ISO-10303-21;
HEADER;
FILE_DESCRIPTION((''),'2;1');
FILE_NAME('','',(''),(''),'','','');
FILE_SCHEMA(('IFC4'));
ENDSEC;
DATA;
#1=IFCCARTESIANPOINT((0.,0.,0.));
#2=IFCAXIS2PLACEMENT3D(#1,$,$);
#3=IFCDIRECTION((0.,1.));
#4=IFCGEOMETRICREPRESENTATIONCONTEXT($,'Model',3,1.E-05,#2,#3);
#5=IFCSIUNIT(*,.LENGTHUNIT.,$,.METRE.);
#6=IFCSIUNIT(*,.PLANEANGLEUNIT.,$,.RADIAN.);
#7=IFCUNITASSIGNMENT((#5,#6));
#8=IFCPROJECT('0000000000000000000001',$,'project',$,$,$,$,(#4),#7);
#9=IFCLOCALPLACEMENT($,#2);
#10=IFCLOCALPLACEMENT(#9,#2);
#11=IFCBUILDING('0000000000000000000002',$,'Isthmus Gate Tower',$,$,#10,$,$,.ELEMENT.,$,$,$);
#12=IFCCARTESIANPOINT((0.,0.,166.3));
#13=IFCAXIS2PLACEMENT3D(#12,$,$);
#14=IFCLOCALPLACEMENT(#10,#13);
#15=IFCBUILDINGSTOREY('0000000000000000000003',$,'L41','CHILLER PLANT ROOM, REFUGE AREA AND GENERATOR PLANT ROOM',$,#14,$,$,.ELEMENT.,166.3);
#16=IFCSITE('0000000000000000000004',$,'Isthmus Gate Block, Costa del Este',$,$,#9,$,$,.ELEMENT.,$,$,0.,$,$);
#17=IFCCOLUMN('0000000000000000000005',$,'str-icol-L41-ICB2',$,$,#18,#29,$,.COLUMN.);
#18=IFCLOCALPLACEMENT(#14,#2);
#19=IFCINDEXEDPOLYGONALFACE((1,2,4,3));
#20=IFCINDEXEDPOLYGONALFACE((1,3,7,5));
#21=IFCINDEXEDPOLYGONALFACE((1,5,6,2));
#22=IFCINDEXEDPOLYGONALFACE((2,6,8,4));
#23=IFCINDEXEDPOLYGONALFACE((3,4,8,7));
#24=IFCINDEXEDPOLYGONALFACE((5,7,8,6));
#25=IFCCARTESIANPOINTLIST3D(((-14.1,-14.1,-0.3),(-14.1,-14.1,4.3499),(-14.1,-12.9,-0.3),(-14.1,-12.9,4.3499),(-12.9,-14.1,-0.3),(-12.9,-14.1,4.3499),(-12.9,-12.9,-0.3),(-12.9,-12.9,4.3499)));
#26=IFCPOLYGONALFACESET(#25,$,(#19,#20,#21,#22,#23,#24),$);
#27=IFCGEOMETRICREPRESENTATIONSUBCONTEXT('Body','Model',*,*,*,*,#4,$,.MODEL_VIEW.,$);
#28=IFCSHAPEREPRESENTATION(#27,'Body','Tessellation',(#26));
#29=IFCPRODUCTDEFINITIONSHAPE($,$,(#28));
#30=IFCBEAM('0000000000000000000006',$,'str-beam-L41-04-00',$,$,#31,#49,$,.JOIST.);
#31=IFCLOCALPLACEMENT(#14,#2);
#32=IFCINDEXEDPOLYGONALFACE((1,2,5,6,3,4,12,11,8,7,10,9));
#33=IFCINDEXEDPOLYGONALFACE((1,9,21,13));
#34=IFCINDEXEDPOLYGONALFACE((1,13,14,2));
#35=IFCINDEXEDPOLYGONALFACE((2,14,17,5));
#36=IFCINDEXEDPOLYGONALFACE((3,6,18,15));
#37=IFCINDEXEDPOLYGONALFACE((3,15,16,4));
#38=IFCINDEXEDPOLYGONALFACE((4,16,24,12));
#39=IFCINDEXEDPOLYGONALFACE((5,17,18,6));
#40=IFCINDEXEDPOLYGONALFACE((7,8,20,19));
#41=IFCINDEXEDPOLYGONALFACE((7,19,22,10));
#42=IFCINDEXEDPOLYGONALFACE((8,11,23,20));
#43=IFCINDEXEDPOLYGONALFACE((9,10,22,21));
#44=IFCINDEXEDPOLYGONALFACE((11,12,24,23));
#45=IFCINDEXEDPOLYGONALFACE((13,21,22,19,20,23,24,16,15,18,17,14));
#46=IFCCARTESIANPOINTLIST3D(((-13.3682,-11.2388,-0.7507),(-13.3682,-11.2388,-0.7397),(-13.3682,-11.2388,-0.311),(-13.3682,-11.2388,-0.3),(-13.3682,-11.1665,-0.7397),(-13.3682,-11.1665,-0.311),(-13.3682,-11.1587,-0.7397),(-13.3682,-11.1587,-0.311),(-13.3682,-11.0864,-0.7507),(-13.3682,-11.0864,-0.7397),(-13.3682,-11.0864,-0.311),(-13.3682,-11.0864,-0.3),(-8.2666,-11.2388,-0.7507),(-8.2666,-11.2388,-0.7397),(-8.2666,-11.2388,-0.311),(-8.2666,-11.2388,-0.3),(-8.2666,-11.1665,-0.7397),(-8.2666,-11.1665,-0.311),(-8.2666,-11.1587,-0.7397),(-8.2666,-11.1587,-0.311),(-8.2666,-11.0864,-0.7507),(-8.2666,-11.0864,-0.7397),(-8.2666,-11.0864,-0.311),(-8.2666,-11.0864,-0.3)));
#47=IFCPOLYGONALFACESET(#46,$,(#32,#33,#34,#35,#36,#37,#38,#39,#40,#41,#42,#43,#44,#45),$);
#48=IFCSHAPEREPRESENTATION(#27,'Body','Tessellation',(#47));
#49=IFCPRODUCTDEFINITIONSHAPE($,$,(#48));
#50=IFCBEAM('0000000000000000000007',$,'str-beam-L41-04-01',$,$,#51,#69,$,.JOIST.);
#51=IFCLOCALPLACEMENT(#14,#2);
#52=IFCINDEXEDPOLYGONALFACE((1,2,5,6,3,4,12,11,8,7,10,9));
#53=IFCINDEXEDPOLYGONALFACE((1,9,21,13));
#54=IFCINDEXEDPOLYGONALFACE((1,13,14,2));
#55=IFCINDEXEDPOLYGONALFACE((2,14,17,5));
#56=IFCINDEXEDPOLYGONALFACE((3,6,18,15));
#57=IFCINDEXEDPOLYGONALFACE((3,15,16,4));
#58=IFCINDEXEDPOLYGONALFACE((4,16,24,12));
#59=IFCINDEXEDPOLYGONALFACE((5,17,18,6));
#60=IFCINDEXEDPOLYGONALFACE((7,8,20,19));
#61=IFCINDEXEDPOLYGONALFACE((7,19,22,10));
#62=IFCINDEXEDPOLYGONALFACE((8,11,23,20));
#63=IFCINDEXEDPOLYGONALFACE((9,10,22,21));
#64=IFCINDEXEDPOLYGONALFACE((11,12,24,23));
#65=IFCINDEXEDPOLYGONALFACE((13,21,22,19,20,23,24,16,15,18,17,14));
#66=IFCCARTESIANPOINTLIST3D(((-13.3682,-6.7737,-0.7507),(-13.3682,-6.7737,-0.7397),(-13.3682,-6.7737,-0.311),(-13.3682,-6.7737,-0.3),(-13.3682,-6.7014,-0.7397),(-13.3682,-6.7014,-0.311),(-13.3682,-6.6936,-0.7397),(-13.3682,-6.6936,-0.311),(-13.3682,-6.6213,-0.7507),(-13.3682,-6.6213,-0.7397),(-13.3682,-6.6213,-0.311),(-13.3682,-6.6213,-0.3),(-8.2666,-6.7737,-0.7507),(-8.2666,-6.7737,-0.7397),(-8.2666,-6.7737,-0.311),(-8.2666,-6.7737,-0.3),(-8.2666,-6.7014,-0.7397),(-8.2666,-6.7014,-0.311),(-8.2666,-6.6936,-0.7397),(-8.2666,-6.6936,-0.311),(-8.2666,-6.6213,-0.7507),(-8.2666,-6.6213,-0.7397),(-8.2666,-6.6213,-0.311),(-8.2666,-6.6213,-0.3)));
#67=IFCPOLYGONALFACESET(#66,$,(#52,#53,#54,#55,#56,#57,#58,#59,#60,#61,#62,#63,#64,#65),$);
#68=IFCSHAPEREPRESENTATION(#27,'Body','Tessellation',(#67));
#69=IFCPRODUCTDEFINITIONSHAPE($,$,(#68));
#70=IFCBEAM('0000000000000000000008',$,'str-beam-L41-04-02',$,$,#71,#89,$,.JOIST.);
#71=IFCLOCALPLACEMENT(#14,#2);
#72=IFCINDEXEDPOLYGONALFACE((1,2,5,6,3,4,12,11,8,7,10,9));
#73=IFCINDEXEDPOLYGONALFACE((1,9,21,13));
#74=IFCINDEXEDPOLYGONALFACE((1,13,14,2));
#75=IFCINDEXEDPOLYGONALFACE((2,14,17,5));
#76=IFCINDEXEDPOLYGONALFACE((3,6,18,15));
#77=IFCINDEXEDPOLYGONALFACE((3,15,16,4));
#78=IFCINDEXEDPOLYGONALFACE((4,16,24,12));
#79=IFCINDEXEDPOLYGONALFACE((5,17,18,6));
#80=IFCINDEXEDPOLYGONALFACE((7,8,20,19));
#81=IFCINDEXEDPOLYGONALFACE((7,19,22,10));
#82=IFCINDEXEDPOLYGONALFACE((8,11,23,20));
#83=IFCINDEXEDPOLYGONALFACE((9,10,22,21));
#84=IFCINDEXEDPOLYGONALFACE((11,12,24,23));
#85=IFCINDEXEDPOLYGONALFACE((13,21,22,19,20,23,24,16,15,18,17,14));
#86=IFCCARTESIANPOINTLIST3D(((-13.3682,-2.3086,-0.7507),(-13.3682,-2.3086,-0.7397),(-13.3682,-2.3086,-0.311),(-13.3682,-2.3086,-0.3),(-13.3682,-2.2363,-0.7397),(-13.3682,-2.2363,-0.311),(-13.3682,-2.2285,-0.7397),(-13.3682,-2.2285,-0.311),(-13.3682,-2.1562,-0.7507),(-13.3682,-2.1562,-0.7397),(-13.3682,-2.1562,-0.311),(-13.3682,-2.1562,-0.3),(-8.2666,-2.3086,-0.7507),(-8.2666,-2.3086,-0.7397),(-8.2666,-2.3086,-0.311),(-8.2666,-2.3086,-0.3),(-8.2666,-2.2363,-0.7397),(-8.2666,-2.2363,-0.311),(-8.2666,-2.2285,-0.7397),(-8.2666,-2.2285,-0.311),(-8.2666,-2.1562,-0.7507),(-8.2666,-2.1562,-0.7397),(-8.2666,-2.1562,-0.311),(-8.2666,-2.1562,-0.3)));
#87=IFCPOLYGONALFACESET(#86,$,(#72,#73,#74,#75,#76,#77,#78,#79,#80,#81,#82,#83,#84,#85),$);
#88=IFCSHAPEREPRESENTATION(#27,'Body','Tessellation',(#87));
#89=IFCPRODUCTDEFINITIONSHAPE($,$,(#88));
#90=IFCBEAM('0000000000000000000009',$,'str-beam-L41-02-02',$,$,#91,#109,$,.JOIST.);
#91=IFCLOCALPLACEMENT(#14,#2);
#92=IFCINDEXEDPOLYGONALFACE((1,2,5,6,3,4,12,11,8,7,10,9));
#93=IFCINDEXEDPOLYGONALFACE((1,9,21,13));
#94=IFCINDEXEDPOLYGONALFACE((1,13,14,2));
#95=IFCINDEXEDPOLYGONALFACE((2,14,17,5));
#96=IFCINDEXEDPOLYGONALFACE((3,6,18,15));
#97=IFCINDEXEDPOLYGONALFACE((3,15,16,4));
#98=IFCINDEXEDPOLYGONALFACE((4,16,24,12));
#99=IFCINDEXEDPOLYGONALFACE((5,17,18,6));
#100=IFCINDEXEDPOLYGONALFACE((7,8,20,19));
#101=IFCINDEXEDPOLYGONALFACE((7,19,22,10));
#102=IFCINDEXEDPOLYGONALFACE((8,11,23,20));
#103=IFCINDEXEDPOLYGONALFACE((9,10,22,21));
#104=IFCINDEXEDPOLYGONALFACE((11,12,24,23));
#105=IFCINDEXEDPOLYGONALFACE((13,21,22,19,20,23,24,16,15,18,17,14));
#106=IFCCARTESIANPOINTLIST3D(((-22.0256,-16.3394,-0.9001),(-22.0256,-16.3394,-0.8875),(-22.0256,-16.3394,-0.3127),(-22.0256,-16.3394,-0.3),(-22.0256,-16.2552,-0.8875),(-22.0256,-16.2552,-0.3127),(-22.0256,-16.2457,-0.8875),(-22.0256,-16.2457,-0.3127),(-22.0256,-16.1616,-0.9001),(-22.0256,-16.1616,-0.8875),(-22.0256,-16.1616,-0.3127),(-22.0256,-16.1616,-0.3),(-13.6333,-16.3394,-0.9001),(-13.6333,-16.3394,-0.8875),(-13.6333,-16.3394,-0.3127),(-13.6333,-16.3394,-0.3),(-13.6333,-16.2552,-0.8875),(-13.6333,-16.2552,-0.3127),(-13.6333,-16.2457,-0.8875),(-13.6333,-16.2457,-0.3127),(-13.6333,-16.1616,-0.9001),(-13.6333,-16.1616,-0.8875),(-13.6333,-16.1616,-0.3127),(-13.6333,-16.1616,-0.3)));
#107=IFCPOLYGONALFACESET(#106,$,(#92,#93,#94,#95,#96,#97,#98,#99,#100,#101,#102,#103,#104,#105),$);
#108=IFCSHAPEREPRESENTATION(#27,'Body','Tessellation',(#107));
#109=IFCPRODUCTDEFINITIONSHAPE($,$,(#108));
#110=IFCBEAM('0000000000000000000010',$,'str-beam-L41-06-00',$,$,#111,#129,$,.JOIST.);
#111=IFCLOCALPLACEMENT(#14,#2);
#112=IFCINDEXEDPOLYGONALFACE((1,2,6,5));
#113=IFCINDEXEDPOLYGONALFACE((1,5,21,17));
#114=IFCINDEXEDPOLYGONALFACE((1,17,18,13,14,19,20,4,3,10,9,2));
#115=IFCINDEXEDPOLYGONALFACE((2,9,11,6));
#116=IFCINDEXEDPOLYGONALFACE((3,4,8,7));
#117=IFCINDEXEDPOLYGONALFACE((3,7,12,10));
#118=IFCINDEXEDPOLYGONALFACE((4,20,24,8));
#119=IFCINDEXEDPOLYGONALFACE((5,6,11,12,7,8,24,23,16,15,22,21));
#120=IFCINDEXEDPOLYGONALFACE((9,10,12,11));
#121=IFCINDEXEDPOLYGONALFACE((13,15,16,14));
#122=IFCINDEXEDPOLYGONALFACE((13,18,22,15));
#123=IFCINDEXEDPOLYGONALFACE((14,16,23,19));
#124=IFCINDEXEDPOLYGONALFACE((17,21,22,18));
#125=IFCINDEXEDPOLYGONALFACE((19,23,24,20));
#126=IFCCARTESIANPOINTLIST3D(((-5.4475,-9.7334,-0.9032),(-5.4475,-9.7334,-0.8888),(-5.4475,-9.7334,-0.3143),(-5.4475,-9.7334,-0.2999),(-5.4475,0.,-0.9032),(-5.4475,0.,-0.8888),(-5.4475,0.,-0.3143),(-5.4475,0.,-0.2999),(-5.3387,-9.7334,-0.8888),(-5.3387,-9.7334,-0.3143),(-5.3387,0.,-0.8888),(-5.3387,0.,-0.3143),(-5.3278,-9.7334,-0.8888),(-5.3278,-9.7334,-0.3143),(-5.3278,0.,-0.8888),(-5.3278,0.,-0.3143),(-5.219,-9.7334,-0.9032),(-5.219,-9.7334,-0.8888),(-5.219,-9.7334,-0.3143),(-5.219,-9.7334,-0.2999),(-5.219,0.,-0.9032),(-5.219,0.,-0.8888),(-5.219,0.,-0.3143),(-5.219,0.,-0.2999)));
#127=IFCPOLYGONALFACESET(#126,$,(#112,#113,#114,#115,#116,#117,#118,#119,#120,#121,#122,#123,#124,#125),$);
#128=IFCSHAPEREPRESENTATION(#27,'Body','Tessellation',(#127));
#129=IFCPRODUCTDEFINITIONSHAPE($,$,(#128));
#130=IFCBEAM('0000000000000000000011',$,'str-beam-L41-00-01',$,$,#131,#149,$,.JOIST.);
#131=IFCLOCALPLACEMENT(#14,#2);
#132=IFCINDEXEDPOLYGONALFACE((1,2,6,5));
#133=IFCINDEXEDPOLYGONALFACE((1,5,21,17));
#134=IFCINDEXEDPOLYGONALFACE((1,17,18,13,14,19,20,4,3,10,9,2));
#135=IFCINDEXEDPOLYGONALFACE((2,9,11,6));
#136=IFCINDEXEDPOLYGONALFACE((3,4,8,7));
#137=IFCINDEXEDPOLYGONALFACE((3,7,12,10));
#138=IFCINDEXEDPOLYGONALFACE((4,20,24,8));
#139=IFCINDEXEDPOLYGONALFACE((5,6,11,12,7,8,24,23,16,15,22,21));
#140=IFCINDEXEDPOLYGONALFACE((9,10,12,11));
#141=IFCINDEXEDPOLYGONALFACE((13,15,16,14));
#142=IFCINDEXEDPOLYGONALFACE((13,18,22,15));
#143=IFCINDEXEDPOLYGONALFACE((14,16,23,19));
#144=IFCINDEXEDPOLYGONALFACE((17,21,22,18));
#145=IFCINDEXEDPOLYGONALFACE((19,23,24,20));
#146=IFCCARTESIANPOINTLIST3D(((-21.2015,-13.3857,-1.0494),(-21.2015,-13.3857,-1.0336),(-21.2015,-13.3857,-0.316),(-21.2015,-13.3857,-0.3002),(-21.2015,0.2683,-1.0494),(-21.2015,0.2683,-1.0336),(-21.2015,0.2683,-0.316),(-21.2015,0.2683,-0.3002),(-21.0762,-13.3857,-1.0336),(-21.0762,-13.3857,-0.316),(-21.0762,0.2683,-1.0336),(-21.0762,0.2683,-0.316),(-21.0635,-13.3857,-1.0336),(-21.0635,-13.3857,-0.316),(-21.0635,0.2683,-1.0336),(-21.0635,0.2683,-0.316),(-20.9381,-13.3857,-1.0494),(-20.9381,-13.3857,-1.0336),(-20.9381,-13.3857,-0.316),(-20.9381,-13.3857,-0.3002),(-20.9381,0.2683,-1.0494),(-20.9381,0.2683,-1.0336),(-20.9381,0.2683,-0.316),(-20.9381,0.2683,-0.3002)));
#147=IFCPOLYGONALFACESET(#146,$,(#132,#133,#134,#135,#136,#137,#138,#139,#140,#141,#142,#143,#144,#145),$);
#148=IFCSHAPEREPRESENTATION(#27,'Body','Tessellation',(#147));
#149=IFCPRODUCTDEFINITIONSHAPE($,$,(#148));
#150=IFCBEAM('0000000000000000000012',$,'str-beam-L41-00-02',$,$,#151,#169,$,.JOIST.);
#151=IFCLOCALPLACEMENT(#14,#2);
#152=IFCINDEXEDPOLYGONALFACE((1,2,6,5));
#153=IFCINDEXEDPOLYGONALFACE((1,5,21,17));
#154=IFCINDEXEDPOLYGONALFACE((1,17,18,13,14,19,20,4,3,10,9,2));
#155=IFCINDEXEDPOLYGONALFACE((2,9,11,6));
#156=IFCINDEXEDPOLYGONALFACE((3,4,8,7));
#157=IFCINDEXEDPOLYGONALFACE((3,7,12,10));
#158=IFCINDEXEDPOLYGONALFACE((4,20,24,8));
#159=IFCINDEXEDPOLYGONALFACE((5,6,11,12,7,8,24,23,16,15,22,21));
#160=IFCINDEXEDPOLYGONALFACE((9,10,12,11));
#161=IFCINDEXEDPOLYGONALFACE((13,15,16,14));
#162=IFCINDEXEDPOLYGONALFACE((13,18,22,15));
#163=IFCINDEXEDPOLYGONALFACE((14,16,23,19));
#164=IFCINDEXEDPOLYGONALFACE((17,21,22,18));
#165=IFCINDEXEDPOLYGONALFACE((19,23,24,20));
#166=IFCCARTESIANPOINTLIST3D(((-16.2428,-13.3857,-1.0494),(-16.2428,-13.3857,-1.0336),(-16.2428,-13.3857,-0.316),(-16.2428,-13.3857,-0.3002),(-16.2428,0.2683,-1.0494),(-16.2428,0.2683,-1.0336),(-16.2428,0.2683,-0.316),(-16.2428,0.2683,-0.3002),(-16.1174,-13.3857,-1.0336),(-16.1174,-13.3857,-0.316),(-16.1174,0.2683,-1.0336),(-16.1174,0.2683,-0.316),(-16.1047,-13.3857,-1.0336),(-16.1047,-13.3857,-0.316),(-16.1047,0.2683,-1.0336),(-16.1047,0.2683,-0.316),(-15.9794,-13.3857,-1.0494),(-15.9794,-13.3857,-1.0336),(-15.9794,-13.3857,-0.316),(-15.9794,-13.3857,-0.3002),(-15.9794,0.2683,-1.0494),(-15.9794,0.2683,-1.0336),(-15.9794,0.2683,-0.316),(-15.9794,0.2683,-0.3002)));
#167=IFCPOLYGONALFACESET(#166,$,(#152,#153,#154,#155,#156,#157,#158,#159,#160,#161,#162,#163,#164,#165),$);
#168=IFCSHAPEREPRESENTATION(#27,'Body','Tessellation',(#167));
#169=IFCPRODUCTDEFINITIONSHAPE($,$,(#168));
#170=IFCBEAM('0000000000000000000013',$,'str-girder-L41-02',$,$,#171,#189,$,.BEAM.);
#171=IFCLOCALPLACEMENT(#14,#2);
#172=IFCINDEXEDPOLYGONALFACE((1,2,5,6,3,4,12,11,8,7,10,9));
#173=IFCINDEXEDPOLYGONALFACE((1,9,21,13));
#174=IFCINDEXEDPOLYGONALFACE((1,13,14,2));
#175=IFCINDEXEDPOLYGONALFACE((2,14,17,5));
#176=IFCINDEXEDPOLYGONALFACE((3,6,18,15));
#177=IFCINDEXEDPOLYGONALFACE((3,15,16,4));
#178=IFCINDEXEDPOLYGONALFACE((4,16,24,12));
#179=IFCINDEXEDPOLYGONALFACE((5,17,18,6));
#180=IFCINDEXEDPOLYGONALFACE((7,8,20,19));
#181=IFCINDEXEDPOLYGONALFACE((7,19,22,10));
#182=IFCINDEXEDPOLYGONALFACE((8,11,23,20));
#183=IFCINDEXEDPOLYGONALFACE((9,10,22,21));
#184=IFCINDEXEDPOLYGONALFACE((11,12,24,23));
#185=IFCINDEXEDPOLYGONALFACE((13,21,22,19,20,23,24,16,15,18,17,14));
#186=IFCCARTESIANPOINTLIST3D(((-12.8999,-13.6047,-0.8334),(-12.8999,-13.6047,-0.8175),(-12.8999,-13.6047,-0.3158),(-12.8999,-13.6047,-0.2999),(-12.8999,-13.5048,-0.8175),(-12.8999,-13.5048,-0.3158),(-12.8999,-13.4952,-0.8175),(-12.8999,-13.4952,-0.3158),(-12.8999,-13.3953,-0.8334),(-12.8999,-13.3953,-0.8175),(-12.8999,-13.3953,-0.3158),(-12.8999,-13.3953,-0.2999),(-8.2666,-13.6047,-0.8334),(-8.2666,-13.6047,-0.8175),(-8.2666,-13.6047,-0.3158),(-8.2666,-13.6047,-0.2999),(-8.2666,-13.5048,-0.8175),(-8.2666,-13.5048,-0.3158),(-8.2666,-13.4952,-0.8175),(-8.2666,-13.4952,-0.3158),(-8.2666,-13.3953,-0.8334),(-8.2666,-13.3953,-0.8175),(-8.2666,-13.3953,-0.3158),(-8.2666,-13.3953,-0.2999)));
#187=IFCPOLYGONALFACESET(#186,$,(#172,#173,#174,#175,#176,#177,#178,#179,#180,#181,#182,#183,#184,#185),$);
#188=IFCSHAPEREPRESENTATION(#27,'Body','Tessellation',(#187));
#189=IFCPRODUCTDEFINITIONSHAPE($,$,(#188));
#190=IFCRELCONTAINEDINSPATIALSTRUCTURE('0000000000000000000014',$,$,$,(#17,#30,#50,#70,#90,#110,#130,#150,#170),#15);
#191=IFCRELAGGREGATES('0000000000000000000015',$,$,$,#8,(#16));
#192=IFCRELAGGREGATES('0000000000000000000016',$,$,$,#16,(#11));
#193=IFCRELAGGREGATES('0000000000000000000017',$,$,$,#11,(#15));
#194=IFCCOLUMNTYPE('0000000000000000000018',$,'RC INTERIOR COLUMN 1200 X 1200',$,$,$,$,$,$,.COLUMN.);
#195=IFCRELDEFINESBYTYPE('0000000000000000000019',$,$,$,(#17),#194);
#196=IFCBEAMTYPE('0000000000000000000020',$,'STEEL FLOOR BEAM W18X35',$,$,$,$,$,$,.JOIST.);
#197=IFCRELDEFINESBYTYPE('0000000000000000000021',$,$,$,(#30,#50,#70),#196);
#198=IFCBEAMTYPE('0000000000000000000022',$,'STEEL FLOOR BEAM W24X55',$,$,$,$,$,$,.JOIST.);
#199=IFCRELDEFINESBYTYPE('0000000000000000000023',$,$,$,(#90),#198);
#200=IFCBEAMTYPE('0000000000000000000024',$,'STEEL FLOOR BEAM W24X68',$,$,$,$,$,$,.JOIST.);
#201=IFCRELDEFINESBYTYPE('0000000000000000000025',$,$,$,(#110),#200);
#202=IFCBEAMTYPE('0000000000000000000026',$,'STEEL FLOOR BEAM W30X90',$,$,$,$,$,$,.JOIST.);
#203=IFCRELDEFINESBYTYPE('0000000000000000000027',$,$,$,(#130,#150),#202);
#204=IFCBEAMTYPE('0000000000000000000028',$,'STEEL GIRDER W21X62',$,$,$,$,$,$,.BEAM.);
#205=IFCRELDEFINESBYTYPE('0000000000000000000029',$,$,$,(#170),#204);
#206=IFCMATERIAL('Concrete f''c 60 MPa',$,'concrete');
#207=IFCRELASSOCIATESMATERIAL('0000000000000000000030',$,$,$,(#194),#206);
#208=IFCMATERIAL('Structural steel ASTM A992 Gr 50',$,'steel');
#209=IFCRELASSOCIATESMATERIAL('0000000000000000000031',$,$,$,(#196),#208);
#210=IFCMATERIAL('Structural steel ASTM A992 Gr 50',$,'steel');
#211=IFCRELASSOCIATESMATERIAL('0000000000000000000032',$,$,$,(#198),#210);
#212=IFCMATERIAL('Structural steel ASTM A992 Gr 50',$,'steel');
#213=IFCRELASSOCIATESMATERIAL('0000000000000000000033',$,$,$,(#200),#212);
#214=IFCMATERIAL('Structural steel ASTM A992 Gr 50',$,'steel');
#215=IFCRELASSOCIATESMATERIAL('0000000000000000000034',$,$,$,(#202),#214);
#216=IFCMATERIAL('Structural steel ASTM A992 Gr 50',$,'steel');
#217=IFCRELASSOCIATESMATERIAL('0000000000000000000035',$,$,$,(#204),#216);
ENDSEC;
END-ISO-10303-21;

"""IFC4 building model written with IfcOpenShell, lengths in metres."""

from ifc_helpers import new_model, si_unit, direction, frame, origin, origin_2d, place, context, subcontext, project, spatial, rectangle, i_section, extrude, material, material_profile, profile_set, type_object, element, save


model = new_model("IFC4")

# Units and contexts
model_context = context("Model", 3, precision=1e-05, world=origin(), true_north=direction((0.0, 1.0)))
body_context = subcontext(model_context, "Body", "Model", "MODEL_VIEW")
ifc_project = project(units=[si_unit("LENGTHUNIT", "METRE"), si_unit("PLANEANGLEUNIT", "RADIAN")], contexts=[model_context])

# Site, building, storey
site_placement = place(None, origin())
site = spatial("IfcSite", under=ifc_project, at=site_placement, Name="Isthmus Gate Block, Costa del Este", CompositionType="ELEMENT", RefElevation=0.0)
building_placement = place(site_placement, origin())
building = spatial("IfcBuilding", under=site, at=building_placement, Name="Isthmus Gate Tower", CompositionType="ELEMENT")
storey_placement = place(building_placement, frame((0.0, 0.0, 166.3)))
storey = spatial("IfcBuildingStorey", under=building, at=storey_placement, Name="L41", Description="CHILLER PLANT ROOM, REFUGE AREA AND GENERATOR PLANT ROOM", CompositionType="ELEMENT", Elevation=166.3)

# Column
ifc_material_1 = material(Name="Concrete f'c 60 MPa", Category="concrete")
ifc_material_profile_1 = material_profile(ifc_material_1, rectangle(XDim=1.2, YDim=1.2, at=origin_2d()), Name="RC 1200X1200")
ifc_profile_set_1 = profile_set([ifc_material_profile_1], Name="Concrete f'c 60 MPa")
column_type = type_object("IfcColumnType", Name="RC INTERIOR COLUMN 1200 X 1200", PredefinedType="COLUMN", material=ifc_profile_set_1)
column_placement = place(storey_placement, frame((-13.5, -13.5, -0.3), z_axis=(0.0, 0.0, 1.0), x_axis=(1.0, 0.0, 0.0)))
element("IfcColumn", 1, at=column_placement, inside=storey, type_object=column_type, Name="str-icol-L41-ICB2", PredefinedType="COLUMN", context=body_context, shape_type="SweptSolid", body=[
    extrude(rectangle(XDim=1.2, YDim=1.2, at=origin_2d()), origin(), (0.0, 0.0, 1.0), 4.6499),
])

# Beams
ifc_material_2 = material(Name="Structural steel ASTM A992 Gr 50", Category="steel")
ifc_material_profile_2 = material_profile(ifc_material_2, i_section(OverallWidth=0.1523, OverallDepth=0.4507, WebThickness=0.0078, FlangeThickness=0.011, at=origin_2d()), Name="W18X35")
ifc_profile_set_2 = profile_set([ifc_material_profile_2], Name="Structural steel ASTM A992 Gr 50")
beam_type_1 = type_object("IfcBeamType", Name="STEEL FLOOR BEAM W18X35", PredefinedType="JOIST", material=ifc_profile_set_2)
for number, where, z_axis, x_axis, name in (
    (2, (-13.3682, -11.1626, -0.5254), (1.0, 0.0, 0.0), (0.0, 1.0, 0.0), "str-beam-L41-04-00"),
    (3, (-13.3682, -6.6975, -0.5254), (1.0, 0.0, 0.0), (0.0, 1.0, 0.0), "str-beam-L41-04-01"),
    (4, (-13.3682, -2.2324, -0.5254), (1.0, 0.0, 0.0), (0.0, 1.0, 0.0), "str-beam-L41-04-02"),
):
    element("IfcBeam", number, at=place(storey_placement, frame(where, z_axis=z_axis, x_axis=x_axis)), inside=storey, type_object=beam_type_1, Name=name, PredefinedType="JOIST", context=body_context, shape_type="SweptSolid", body=[
        extrude(i_section(OverallWidth=0.1523, OverallDepth=0.4507, WebThickness=0.0078, FlangeThickness=0.011, at=origin_2d()), origin(), (0.0, 0.0, 1.0), 5.1016),
    ])
ifc_material_3 = material(Name="Structural steel ASTM A992 Gr 50", Category="steel")
ifc_material_profile_3 = material_profile(ifc_material_3, i_section(OverallWidth=0.1777, OverallDepth=0.6001, WebThickness=0.0095, FlangeThickness=0.0127, at=origin_2d()), Name="W24X55")
ifc_profile_set_3 = profile_set([ifc_material_profile_3], Name="Structural steel ASTM A992 Gr 50")
beam_type_2 = type_object("IfcBeamType", Name="STEEL FLOOR BEAM W24X55", PredefinedType="JOIST", material=ifc_profile_set_3)
beam_1_placement = place(storey_placement, frame((-22.0256, -16.2505, -0.6001), z_axis=(1.0, 0.0, 0.0), x_axis=(0.0, 1.0, 0.0)))
element("IfcBeam", 5, at=beam_1_placement, inside=storey, type_object=beam_type_2, Name="str-beam-L41-02-02", PredefinedType="JOIST", context=body_context, shape_type="SweptSolid", body=[
    extrude(i_section(OverallWidth=0.1777, OverallDepth=0.6001, WebThickness=0.0095, FlangeThickness=0.0127, at=origin_2d()), origin(), (0.0, 0.0, 1.0), 8.3923),
])
ifc_material_4 = material(Name="Structural steel ASTM A992 Gr 50", Category="steel")
ifc_material_profile_4 = material_profile(ifc_material_4, i_section(OverallWidth=0.2285, OverallDepth=0.6033, WebThickness=0.011, FlangeThickness=0.0144, at=origin_2d()), Name="W24X68")
ifc_profile_set_4 = profile_set([ifc_material_profile_4], Name="Structural steel ASTM A992 Gr 50")
beam_type_3 = type_object("IfcBeamType", Name="STEEL FLOOR BEAM W24X68", PredefinedType="JOIST", material=ifc_profile_set_4)
beam_2_placement = place(storey_placement, frame((-5.3333, -9.7334, -0.6016), z_axis=(0.0, 1.0, 0.0), x_axis=(-1.0, 0.0, 0.0)))
element("IfcBeam", 6, at=beam_2_placement, inside=storey, type_object=beam_type_3, Name="str-beam-L41-06-00", PredefinedType="JOIST", context=body_context, shape_type="SweptSolid", body=[
    extrude(i_section(OverallWidth=0.2285, OverallDepth=0.6033, WebThickness=0.011, FlangeThickness=0.0144, at=origin_2d()), origin(), (0.0, 0.0, 1.0), 9.7334),
])
ifc_material_5 = material(Name="Structural steel ASTM A992 Gr 50", Category="steel")
ifc_material_profile_5 = material_profile(ifc_material_5, i_section(OverallWidth=0.2634, OverallDepth=0.7493, WebThickness=0.0127, FlangeThickness=0.0159, at=origin_2d()), Name="W30X90")
ifc_profile_set_5 = profile_set([ifc_material_profile_5], Name="Structural steel ASTM A992 Gr 50")
beam_type_4 = type_object("IfcBeamType", Name="STEEL FLOOR BEAM W30X90", PredefinedType="JOIST", material=ifc_profile_set_5)
for number, where, z_axis, x_axis, name in (
    (7, (-21.0698, -13.3857, -0.6748), (0.0, 1.0, 0.0), (-1.0, 0.0, 0.0), "str-beam-L41-00-01"),
    (8, (-16.1111, -13.3857, -0.6748), (0.0, 1.0, 0.0), (-1.0, 0.0, 0.0), "str-beam-L41-00-02"),
):
    element("IfcBeam", number, at=place(storey_placement, frame(where, z_axis=z_axis, x_axis=x_axis)), inside=storey, type_object=beam_type_4, Name=name, PredefinedType="JOIST", context=body_context, shape_type="SweptSolid", body=[
        extrude(i_section(OverallWidth=0.2634, OverallDepth=0.7493, WebThickness=0.0127, FlangeThickness=0.0159, at=origin_2d()), origin(), (0.0, 0.0, 1.0), 13.6541),
    ])
ifc_material_6 = material(Name="Structural steel ASTM A992 Gr 50", Category="steel")
ifc_material_profile_6 = material_profile(ifc_material_6, i_section(OverallWidth=0.2095, OverallDepth=0.5334, WebThickness=0.0095, FlangeThickness=0.0159, at=origin_2d()), Name="W21X62")
ifc_profile_set_6 = profile_set([ifc_material_profile_6], Name="Structural steel ASTM A992 Gr 50")
beam_type_5 = type_object("IfcBeamType", Name="STEEL GIRDER W21X62", PredefinedType="BEAM", material=ifc_profile_set_6)
beam_3_placement = place(storey_placement, frame((-12.8999, -13.5, -0.5667), z_axis=(1.0, 0.0, 0.0), x_axis=(0.0, 1.0, 0.0)))
element("IfcBeam", 9, at=beam_3_placement, inside=storey, type_object=beam_type_5, Name="str-girder-L41-02", PredefinedType="BEAM", context=body_context, shape_type="SweptSolid", body=[
    extrude(i_section(OverallWidth=0.2095, OverallDepth=0.5334, WebThickness=0.0095, FlangeThickness=0.0159, at=origin_2d()), origin(), (0.0, 0.0, 1.0), 4.6333),
])

save(model, "model.ifc")
